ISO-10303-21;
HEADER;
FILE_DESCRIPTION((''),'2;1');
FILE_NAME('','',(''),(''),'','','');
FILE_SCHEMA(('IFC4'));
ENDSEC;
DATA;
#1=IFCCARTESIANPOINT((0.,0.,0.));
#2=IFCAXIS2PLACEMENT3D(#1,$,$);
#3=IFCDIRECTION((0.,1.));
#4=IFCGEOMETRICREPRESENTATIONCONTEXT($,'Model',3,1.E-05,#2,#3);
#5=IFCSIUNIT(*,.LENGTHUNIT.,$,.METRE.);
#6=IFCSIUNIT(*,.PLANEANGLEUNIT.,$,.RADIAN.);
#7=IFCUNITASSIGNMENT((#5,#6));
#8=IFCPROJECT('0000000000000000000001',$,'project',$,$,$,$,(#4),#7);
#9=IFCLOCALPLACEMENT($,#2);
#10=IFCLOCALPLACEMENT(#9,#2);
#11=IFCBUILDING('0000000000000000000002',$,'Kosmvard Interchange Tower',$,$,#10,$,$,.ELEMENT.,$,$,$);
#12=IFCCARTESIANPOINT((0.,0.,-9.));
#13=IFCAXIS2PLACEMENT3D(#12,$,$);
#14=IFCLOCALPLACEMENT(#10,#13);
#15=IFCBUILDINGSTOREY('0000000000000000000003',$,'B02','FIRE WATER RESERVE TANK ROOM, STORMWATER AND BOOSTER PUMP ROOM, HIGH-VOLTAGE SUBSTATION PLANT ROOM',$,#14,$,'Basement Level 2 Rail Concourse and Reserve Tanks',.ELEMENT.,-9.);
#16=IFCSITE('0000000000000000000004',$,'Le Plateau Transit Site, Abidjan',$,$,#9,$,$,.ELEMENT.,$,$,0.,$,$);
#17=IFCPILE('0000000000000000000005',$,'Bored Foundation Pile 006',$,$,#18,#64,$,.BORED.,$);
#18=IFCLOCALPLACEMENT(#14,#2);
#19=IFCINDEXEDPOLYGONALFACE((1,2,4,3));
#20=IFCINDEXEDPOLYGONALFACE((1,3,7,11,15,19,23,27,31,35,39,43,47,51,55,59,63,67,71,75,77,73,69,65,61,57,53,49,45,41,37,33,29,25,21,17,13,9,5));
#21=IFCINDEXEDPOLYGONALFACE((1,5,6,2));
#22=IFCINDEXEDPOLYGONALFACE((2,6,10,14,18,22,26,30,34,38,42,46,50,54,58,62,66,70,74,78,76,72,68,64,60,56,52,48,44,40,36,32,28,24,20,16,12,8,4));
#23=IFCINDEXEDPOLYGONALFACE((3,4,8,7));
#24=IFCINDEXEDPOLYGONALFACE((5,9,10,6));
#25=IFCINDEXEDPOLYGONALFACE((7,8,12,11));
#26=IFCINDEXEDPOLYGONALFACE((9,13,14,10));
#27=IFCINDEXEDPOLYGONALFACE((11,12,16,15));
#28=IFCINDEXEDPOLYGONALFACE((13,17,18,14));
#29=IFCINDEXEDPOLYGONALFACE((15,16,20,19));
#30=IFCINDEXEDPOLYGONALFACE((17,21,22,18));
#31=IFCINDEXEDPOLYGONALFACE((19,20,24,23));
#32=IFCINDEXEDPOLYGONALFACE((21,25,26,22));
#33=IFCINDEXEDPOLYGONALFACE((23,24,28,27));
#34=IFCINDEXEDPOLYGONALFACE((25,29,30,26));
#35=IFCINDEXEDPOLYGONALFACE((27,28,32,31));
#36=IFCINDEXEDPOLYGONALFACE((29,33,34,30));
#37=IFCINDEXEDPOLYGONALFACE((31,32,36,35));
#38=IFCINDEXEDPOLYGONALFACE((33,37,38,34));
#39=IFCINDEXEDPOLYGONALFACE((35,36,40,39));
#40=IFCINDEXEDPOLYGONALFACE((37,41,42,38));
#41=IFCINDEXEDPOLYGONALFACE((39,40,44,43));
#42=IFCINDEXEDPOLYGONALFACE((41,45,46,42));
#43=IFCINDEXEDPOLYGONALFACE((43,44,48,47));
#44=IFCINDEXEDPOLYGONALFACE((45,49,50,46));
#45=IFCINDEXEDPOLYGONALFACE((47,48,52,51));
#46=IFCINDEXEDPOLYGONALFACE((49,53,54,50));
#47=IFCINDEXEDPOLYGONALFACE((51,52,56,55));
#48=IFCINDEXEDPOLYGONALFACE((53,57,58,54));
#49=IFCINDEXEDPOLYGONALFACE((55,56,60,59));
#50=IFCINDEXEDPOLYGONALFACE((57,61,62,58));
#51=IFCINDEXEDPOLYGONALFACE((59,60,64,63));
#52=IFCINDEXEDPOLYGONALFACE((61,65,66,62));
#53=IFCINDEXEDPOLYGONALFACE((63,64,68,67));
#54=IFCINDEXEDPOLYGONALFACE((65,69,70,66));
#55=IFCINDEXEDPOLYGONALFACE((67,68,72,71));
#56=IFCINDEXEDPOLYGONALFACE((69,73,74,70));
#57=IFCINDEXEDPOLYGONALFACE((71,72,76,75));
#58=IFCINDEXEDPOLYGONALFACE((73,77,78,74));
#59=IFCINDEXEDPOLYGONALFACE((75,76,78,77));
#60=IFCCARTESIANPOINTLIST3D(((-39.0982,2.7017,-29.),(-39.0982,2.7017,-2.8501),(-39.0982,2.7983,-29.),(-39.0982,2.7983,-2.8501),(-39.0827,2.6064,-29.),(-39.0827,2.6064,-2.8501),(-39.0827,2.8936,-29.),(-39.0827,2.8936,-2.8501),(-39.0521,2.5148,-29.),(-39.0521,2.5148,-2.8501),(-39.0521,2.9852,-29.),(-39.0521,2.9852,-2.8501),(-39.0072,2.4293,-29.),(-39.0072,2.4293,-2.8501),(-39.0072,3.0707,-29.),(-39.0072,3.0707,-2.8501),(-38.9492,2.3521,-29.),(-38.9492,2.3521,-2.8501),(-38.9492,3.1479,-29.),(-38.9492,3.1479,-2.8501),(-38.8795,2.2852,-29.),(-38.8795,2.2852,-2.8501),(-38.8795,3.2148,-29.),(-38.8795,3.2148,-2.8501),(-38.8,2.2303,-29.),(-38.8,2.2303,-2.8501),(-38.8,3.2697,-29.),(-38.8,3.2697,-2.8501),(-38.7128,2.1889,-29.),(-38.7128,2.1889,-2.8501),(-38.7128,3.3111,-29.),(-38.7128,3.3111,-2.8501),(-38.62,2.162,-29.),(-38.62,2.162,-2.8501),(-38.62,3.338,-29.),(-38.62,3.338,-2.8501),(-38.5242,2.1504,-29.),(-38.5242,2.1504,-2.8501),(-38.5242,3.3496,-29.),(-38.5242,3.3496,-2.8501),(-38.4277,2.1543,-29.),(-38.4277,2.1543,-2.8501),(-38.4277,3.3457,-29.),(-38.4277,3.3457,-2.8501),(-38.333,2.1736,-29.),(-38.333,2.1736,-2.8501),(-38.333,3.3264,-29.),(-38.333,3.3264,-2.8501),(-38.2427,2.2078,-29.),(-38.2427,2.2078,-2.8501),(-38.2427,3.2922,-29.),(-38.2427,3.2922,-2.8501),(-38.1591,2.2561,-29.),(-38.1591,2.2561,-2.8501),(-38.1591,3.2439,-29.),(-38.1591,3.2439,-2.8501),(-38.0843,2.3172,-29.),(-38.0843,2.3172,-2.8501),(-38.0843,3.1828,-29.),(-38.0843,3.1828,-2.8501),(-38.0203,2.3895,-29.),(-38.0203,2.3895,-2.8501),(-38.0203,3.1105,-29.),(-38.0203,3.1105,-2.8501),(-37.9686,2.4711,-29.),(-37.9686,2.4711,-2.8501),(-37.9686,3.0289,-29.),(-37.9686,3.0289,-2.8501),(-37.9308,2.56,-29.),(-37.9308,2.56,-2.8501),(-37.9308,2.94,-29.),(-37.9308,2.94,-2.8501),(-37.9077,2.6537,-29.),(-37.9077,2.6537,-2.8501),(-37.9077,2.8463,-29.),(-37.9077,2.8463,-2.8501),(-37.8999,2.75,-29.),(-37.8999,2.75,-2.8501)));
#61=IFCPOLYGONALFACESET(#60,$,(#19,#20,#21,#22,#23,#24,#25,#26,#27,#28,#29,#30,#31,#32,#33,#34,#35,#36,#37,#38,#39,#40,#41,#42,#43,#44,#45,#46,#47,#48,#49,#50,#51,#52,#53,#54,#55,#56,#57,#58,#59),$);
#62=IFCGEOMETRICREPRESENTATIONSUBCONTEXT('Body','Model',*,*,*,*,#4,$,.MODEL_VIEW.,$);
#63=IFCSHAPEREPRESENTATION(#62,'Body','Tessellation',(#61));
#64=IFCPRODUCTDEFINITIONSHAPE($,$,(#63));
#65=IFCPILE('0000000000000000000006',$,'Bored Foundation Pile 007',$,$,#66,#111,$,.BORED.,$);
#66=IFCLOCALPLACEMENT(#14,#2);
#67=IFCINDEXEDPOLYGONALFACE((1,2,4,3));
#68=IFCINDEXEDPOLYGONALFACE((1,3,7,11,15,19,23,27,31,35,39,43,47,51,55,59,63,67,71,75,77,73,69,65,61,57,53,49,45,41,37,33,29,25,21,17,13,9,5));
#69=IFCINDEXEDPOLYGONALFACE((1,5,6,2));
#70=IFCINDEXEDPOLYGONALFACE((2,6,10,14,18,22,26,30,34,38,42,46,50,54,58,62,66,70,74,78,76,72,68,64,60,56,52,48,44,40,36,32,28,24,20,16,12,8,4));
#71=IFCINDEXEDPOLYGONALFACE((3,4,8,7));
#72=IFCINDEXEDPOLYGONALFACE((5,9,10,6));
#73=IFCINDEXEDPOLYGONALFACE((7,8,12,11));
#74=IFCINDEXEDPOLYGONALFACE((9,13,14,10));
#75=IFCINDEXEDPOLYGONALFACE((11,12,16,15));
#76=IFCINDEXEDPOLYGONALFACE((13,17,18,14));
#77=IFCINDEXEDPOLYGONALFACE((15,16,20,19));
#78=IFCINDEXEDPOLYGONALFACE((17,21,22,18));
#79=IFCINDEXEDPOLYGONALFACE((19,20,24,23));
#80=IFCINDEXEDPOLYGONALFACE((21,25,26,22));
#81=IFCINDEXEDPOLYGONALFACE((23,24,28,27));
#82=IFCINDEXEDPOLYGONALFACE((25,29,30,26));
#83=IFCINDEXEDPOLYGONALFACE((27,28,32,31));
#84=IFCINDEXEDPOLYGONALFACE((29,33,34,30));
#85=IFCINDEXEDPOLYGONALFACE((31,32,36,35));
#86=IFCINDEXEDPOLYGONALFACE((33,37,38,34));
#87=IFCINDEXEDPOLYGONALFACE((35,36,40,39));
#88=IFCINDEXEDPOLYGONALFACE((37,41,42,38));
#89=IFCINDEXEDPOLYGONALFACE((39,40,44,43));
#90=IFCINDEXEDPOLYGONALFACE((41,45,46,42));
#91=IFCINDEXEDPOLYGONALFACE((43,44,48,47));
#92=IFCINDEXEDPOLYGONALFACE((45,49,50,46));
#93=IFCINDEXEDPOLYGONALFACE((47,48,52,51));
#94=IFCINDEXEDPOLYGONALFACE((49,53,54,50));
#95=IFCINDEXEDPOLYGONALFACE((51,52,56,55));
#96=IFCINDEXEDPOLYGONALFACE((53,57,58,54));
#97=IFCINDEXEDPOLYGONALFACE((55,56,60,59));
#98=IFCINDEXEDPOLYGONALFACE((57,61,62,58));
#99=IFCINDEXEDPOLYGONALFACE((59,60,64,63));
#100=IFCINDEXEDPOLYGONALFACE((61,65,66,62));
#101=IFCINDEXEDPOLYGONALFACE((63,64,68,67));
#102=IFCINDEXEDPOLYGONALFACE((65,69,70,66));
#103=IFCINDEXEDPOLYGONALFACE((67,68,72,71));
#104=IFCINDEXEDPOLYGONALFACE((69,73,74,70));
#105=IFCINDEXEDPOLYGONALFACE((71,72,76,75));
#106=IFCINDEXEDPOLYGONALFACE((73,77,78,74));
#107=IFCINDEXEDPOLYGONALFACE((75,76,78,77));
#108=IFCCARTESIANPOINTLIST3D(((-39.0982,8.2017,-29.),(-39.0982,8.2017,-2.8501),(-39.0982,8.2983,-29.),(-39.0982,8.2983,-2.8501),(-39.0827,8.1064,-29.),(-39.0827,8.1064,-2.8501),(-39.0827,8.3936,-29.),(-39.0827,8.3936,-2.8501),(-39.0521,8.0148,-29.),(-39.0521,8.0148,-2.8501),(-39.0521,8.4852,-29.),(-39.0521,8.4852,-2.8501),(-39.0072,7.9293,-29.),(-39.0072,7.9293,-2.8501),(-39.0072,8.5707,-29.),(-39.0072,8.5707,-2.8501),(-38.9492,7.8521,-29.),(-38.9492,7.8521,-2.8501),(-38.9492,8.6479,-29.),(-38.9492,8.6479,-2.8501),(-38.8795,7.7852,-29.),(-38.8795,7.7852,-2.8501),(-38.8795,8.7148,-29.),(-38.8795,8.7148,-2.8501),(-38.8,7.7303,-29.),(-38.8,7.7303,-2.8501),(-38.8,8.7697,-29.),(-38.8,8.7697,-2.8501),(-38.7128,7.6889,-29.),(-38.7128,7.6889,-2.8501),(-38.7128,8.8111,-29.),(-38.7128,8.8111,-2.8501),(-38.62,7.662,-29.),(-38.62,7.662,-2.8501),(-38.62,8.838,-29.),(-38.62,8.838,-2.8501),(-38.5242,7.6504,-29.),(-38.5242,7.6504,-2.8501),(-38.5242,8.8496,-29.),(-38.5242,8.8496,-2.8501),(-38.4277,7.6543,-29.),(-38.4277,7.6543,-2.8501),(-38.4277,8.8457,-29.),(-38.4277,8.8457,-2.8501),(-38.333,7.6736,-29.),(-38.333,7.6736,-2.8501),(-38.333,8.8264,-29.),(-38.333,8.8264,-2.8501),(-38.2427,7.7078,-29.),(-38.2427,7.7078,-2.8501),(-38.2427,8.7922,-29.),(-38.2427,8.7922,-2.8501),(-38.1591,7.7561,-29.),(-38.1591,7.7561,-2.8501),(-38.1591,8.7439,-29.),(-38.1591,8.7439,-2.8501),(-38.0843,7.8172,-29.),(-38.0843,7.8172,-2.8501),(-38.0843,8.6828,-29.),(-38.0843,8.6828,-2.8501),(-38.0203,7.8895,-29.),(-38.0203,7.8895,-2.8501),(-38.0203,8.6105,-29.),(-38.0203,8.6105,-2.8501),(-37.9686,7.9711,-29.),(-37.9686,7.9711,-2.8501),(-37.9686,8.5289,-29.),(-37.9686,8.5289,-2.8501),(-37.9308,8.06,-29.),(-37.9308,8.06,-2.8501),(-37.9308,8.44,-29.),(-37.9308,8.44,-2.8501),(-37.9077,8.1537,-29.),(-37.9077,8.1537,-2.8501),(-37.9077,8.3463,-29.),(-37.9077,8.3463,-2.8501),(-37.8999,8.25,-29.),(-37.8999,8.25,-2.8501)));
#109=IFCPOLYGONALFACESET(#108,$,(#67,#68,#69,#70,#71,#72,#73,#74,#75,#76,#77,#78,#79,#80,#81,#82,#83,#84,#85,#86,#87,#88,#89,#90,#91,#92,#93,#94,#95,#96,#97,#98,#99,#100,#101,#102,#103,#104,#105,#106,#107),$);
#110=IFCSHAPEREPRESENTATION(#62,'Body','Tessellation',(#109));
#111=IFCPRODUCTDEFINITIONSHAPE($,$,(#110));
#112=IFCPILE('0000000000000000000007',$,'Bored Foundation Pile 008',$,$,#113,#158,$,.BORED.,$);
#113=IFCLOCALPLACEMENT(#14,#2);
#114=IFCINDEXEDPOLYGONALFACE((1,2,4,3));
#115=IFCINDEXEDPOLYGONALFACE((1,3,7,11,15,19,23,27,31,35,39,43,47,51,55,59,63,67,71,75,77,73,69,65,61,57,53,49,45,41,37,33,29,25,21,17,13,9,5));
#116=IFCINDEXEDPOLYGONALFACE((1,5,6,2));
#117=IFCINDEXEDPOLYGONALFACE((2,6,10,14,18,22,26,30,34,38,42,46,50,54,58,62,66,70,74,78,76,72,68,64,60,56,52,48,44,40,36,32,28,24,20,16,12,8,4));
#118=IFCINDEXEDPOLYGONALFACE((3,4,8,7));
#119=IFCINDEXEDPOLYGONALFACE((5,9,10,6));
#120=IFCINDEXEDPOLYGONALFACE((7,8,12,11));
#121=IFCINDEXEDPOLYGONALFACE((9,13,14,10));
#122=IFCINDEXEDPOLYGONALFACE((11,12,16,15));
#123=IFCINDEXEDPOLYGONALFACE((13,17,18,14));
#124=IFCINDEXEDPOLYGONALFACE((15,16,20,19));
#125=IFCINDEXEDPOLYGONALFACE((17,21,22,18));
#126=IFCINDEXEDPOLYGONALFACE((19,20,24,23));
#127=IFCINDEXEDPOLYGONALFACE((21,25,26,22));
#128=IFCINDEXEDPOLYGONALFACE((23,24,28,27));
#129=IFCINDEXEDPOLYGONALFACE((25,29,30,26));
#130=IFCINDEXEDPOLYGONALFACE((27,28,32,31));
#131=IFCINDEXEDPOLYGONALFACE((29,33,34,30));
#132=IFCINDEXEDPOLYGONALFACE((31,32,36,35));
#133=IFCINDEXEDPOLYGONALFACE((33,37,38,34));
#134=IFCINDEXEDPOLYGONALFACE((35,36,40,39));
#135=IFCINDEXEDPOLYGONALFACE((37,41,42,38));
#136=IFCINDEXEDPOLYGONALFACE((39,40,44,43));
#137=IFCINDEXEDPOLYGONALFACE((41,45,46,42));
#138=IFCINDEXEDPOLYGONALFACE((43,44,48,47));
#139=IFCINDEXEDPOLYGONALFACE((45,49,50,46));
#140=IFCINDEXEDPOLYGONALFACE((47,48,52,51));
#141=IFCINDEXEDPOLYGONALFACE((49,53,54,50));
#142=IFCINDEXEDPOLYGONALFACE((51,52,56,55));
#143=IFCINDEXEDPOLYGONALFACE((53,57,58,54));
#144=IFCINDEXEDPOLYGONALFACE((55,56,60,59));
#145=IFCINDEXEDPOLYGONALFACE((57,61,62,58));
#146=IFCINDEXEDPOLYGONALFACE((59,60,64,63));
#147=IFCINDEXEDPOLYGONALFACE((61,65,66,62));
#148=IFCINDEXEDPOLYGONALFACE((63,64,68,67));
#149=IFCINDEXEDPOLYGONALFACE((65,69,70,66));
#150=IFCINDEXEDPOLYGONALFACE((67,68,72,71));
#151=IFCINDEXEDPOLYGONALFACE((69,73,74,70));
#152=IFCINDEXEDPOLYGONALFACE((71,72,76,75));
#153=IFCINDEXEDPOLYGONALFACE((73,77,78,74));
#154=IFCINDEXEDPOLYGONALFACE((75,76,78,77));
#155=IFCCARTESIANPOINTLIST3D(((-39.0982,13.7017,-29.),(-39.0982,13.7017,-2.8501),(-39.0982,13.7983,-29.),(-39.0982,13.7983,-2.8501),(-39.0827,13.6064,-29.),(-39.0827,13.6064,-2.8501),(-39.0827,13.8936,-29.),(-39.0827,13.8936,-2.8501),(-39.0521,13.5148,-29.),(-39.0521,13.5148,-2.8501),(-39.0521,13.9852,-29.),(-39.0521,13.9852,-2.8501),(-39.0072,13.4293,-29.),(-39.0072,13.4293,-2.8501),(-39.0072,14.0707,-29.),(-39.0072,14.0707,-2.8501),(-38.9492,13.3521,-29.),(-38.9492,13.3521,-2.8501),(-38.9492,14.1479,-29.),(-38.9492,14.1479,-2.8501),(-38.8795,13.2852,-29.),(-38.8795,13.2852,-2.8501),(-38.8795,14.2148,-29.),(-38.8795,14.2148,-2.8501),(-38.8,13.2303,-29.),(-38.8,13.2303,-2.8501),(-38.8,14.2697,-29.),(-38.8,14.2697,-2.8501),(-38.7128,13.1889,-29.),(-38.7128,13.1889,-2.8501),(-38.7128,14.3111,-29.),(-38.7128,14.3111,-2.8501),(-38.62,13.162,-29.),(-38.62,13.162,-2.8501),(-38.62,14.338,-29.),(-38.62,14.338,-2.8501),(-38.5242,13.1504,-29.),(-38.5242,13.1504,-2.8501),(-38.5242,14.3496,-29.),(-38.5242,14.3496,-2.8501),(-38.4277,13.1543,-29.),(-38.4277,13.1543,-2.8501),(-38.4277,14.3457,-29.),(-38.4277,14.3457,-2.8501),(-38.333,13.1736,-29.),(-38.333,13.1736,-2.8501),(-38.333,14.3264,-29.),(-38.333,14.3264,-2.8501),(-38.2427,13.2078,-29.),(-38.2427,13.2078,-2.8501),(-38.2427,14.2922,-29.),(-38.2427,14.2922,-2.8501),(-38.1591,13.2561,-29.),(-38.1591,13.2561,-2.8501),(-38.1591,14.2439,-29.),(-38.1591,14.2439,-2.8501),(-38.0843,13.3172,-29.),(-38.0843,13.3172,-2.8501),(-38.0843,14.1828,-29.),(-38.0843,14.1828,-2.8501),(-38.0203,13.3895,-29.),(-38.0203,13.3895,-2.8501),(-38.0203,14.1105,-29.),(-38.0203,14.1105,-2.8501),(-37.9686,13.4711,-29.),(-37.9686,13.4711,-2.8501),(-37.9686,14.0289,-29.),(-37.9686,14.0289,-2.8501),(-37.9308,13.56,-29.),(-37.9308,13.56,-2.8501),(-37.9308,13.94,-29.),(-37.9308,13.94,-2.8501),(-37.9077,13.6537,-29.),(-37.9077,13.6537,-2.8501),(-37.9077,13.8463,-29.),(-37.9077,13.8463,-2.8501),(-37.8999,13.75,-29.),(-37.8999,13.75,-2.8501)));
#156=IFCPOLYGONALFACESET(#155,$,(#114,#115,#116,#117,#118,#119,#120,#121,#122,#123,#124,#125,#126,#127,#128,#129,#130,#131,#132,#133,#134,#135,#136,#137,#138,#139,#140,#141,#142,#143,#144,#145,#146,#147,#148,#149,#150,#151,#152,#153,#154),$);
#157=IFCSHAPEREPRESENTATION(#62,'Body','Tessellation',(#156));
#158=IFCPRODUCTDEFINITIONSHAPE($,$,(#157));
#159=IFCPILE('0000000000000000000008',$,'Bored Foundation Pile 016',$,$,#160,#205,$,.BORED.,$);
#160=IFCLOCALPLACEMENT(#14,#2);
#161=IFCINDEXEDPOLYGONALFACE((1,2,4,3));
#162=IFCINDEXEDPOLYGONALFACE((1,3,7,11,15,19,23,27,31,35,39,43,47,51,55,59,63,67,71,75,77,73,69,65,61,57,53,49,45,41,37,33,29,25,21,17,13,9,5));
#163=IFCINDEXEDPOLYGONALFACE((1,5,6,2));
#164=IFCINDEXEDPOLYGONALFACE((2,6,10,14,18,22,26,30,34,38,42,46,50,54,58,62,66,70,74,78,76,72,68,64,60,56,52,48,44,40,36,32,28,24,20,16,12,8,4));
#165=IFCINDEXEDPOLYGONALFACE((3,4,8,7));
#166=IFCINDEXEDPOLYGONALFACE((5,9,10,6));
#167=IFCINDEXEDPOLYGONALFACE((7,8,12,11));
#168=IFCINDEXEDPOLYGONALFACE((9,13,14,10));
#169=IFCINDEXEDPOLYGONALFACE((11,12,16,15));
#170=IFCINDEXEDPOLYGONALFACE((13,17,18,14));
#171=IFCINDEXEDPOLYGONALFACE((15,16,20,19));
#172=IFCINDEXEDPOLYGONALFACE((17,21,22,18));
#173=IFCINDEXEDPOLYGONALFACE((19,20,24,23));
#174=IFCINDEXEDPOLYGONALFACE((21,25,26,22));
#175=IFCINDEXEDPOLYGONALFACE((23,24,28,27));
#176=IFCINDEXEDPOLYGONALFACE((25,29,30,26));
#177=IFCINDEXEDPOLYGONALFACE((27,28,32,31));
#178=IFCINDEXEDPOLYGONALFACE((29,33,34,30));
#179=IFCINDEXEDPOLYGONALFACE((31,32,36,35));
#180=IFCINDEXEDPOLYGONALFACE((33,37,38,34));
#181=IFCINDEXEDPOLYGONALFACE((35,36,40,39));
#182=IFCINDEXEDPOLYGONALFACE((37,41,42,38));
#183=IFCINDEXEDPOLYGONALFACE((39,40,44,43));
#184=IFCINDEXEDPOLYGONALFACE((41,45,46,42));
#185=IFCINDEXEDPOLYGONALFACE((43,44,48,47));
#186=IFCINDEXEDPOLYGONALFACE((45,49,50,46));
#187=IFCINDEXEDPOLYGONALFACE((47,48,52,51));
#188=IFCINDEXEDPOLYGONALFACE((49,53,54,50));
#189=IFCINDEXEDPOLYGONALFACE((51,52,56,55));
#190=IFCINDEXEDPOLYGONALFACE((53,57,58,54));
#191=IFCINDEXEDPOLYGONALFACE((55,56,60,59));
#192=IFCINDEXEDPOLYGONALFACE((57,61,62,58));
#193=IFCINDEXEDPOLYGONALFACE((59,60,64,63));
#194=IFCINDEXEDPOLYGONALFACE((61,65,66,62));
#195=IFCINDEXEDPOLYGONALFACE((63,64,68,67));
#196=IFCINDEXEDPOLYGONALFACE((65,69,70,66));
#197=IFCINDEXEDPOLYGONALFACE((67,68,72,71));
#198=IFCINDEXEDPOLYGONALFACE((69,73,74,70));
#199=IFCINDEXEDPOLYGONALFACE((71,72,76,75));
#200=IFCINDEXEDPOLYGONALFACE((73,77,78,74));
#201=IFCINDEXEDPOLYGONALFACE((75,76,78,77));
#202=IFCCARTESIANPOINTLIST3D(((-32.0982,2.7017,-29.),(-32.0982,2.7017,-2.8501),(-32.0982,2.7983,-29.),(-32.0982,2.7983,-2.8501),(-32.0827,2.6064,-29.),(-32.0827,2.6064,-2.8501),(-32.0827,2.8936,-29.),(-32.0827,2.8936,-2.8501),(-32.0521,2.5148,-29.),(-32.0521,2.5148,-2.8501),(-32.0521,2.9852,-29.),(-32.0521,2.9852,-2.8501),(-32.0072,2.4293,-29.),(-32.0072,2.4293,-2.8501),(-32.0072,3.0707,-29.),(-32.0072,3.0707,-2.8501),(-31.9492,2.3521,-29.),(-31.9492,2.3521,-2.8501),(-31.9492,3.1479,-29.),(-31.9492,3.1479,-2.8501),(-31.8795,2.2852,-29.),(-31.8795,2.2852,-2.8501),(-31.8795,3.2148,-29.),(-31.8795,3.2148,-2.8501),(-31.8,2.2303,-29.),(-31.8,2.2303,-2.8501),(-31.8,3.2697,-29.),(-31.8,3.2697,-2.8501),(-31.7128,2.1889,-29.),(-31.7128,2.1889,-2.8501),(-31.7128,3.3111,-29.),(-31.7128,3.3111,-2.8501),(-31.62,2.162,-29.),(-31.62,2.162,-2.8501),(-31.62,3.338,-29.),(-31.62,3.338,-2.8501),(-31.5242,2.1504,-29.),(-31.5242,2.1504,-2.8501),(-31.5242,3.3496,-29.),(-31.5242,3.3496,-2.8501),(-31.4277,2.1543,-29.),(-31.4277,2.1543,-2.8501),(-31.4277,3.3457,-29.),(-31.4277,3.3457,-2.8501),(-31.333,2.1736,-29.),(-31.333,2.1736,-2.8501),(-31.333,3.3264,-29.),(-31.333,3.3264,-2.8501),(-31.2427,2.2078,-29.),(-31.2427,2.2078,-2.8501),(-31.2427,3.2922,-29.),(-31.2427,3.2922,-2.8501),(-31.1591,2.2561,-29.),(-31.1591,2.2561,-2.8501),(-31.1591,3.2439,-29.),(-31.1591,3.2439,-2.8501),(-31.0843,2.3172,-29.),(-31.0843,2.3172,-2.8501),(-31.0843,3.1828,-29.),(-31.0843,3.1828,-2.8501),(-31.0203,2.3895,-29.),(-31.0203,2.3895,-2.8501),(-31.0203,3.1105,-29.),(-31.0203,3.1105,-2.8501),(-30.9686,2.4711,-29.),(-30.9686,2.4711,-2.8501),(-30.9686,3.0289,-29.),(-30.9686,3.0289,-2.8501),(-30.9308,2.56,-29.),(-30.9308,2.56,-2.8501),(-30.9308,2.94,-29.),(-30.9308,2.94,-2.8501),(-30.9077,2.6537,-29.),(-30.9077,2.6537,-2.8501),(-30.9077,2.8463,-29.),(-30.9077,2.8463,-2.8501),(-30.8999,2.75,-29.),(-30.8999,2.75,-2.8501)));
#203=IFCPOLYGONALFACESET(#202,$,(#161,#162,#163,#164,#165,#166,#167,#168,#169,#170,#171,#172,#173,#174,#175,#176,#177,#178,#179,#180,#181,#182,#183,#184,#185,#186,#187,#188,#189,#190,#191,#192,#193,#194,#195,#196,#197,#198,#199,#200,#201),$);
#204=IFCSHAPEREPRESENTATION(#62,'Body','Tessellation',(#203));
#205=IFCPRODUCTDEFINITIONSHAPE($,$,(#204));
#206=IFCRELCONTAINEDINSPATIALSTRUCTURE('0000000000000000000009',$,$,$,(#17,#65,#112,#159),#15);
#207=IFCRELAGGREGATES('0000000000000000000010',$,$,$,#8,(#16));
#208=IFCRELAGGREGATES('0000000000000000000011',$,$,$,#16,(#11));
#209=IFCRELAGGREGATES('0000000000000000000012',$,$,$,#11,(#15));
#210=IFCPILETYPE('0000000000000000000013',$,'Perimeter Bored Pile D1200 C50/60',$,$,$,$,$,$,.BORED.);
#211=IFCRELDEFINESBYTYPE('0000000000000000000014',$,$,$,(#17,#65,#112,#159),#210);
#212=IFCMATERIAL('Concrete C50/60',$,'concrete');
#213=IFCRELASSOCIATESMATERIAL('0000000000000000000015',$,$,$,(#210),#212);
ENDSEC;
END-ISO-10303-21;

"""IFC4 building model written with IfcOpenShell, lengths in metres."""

from ifc_helpers import new_model, si_unit, direction, frame, origin, origin_2d, place, context, subcontext, project, spatial, circle, extrude, source, transform, mapped, material, material_profile, profile_set, type_object, element, save


model = new_model("IFC4")

# Units and contexts
model_context = context("Model", 3, precision=1e-05, world=origin(), true_north=direction((0.0, 1.0)))
body_context = subcontext(model_context, "Body", "Model", "MODEL_VIEW")
ifc_project = project(units=[si_unit("LENGTHUNIT", "METRE"), si_unit("PLANEANGLEUNIT", "RADIAN")], contexts=[model_context])

# Site, building, storey
site_placement = place(None, origin())
site = spatial("IfcSite", under=ifc_project, at=site_placement, Name="Le Plateau Transit Site, Abidjan", CompositionType="ELEMENT", RefElevation=0.0)
building_placement = place(site_placement, origin())
building = spatial("IfcBuilding", under=site, at=building_placement, Name="Kosmvard Interchange Tower", CompositionType="ELEMENT")
storey_placement = place(building_placement, frame((0.0, 0.0, -9.0)))
storey = spatial("IfcBuildingStorey", under=building, at=storey_placement, Name="B02", Description="FIRE WATER RESERVE TANK ROOM, STORMWATER AND BOOSTER PUMP ROOM, HIGH-VOLTAGE SUBSTATION PLANT ROOM", LongName="Basement Level 2 Rail Concourse and Reserve Tanks", CompositionType="ELEMENT", Elevation=-9.0)

# Piles
ifc_material_1 = material(Name="Concrete C50/60", Category="concrete")
ifc_material_profile_1 = material_profile(ifc_material_1, circle(Radius=0.6001, at=origin_2d()), Name="PILE D1200")
ifc_profile_set_1 = profile_set([ifc_material_profile_1], Name="Concrete C50/60")
pile_type = type_object("IfcPileType", Name="Perimeter Bored Pile D1200 C50/60", PredefinedType="BORED", material=ifc_profile_set_1)
shared_shape_1 = source(origin(), body_context, "Body", "SweptSolid", [
    extrude(circle(Radius=0.6001, at=origin_2d()), origin(), (0.0, 0.0, 1.0), 26.1499),
])
for number, where, z_axis, x_axis, name in (
    (1, (-38.5, 2.75, -2.8501), (0.0, 0.0, -1.0), (1.0, 0.0, 0.0), "Bored Foundation Pile 006"),
    (2, (-38.5, 8.25, -2.8501), (0.0, 0.0, -1.0), (1.0, 0.0, 0.0), "Bored Foundation Pile 007"),
    (3, (-38.5, 13.75, -2.8501), (0.0, 0.0, -1.0), (1.0, 0.0, 0.0), "Bored Foundation Pile 008"),
    (4, (-31.5, 2.75, -2.8501), (0.0, 0.0, -1.0), (1.0, 0.0, 0.0), "Bored Foundation Pile 016"),
):
    element("IfcPile", number, at=place(storey_placement, frame(where, z_axis=z_axis, x_axis=x_axis)), inside=storey, type_object=pile_type, Name=name, PredefinedType="BORED", context=body_context, shape_type="MappedRepresentation", body=[
        mapped(shared_shape_1, transform((0.0, 0.0, 0.0), scale=1.0)),
    ])

save(model, "model.ifc")
